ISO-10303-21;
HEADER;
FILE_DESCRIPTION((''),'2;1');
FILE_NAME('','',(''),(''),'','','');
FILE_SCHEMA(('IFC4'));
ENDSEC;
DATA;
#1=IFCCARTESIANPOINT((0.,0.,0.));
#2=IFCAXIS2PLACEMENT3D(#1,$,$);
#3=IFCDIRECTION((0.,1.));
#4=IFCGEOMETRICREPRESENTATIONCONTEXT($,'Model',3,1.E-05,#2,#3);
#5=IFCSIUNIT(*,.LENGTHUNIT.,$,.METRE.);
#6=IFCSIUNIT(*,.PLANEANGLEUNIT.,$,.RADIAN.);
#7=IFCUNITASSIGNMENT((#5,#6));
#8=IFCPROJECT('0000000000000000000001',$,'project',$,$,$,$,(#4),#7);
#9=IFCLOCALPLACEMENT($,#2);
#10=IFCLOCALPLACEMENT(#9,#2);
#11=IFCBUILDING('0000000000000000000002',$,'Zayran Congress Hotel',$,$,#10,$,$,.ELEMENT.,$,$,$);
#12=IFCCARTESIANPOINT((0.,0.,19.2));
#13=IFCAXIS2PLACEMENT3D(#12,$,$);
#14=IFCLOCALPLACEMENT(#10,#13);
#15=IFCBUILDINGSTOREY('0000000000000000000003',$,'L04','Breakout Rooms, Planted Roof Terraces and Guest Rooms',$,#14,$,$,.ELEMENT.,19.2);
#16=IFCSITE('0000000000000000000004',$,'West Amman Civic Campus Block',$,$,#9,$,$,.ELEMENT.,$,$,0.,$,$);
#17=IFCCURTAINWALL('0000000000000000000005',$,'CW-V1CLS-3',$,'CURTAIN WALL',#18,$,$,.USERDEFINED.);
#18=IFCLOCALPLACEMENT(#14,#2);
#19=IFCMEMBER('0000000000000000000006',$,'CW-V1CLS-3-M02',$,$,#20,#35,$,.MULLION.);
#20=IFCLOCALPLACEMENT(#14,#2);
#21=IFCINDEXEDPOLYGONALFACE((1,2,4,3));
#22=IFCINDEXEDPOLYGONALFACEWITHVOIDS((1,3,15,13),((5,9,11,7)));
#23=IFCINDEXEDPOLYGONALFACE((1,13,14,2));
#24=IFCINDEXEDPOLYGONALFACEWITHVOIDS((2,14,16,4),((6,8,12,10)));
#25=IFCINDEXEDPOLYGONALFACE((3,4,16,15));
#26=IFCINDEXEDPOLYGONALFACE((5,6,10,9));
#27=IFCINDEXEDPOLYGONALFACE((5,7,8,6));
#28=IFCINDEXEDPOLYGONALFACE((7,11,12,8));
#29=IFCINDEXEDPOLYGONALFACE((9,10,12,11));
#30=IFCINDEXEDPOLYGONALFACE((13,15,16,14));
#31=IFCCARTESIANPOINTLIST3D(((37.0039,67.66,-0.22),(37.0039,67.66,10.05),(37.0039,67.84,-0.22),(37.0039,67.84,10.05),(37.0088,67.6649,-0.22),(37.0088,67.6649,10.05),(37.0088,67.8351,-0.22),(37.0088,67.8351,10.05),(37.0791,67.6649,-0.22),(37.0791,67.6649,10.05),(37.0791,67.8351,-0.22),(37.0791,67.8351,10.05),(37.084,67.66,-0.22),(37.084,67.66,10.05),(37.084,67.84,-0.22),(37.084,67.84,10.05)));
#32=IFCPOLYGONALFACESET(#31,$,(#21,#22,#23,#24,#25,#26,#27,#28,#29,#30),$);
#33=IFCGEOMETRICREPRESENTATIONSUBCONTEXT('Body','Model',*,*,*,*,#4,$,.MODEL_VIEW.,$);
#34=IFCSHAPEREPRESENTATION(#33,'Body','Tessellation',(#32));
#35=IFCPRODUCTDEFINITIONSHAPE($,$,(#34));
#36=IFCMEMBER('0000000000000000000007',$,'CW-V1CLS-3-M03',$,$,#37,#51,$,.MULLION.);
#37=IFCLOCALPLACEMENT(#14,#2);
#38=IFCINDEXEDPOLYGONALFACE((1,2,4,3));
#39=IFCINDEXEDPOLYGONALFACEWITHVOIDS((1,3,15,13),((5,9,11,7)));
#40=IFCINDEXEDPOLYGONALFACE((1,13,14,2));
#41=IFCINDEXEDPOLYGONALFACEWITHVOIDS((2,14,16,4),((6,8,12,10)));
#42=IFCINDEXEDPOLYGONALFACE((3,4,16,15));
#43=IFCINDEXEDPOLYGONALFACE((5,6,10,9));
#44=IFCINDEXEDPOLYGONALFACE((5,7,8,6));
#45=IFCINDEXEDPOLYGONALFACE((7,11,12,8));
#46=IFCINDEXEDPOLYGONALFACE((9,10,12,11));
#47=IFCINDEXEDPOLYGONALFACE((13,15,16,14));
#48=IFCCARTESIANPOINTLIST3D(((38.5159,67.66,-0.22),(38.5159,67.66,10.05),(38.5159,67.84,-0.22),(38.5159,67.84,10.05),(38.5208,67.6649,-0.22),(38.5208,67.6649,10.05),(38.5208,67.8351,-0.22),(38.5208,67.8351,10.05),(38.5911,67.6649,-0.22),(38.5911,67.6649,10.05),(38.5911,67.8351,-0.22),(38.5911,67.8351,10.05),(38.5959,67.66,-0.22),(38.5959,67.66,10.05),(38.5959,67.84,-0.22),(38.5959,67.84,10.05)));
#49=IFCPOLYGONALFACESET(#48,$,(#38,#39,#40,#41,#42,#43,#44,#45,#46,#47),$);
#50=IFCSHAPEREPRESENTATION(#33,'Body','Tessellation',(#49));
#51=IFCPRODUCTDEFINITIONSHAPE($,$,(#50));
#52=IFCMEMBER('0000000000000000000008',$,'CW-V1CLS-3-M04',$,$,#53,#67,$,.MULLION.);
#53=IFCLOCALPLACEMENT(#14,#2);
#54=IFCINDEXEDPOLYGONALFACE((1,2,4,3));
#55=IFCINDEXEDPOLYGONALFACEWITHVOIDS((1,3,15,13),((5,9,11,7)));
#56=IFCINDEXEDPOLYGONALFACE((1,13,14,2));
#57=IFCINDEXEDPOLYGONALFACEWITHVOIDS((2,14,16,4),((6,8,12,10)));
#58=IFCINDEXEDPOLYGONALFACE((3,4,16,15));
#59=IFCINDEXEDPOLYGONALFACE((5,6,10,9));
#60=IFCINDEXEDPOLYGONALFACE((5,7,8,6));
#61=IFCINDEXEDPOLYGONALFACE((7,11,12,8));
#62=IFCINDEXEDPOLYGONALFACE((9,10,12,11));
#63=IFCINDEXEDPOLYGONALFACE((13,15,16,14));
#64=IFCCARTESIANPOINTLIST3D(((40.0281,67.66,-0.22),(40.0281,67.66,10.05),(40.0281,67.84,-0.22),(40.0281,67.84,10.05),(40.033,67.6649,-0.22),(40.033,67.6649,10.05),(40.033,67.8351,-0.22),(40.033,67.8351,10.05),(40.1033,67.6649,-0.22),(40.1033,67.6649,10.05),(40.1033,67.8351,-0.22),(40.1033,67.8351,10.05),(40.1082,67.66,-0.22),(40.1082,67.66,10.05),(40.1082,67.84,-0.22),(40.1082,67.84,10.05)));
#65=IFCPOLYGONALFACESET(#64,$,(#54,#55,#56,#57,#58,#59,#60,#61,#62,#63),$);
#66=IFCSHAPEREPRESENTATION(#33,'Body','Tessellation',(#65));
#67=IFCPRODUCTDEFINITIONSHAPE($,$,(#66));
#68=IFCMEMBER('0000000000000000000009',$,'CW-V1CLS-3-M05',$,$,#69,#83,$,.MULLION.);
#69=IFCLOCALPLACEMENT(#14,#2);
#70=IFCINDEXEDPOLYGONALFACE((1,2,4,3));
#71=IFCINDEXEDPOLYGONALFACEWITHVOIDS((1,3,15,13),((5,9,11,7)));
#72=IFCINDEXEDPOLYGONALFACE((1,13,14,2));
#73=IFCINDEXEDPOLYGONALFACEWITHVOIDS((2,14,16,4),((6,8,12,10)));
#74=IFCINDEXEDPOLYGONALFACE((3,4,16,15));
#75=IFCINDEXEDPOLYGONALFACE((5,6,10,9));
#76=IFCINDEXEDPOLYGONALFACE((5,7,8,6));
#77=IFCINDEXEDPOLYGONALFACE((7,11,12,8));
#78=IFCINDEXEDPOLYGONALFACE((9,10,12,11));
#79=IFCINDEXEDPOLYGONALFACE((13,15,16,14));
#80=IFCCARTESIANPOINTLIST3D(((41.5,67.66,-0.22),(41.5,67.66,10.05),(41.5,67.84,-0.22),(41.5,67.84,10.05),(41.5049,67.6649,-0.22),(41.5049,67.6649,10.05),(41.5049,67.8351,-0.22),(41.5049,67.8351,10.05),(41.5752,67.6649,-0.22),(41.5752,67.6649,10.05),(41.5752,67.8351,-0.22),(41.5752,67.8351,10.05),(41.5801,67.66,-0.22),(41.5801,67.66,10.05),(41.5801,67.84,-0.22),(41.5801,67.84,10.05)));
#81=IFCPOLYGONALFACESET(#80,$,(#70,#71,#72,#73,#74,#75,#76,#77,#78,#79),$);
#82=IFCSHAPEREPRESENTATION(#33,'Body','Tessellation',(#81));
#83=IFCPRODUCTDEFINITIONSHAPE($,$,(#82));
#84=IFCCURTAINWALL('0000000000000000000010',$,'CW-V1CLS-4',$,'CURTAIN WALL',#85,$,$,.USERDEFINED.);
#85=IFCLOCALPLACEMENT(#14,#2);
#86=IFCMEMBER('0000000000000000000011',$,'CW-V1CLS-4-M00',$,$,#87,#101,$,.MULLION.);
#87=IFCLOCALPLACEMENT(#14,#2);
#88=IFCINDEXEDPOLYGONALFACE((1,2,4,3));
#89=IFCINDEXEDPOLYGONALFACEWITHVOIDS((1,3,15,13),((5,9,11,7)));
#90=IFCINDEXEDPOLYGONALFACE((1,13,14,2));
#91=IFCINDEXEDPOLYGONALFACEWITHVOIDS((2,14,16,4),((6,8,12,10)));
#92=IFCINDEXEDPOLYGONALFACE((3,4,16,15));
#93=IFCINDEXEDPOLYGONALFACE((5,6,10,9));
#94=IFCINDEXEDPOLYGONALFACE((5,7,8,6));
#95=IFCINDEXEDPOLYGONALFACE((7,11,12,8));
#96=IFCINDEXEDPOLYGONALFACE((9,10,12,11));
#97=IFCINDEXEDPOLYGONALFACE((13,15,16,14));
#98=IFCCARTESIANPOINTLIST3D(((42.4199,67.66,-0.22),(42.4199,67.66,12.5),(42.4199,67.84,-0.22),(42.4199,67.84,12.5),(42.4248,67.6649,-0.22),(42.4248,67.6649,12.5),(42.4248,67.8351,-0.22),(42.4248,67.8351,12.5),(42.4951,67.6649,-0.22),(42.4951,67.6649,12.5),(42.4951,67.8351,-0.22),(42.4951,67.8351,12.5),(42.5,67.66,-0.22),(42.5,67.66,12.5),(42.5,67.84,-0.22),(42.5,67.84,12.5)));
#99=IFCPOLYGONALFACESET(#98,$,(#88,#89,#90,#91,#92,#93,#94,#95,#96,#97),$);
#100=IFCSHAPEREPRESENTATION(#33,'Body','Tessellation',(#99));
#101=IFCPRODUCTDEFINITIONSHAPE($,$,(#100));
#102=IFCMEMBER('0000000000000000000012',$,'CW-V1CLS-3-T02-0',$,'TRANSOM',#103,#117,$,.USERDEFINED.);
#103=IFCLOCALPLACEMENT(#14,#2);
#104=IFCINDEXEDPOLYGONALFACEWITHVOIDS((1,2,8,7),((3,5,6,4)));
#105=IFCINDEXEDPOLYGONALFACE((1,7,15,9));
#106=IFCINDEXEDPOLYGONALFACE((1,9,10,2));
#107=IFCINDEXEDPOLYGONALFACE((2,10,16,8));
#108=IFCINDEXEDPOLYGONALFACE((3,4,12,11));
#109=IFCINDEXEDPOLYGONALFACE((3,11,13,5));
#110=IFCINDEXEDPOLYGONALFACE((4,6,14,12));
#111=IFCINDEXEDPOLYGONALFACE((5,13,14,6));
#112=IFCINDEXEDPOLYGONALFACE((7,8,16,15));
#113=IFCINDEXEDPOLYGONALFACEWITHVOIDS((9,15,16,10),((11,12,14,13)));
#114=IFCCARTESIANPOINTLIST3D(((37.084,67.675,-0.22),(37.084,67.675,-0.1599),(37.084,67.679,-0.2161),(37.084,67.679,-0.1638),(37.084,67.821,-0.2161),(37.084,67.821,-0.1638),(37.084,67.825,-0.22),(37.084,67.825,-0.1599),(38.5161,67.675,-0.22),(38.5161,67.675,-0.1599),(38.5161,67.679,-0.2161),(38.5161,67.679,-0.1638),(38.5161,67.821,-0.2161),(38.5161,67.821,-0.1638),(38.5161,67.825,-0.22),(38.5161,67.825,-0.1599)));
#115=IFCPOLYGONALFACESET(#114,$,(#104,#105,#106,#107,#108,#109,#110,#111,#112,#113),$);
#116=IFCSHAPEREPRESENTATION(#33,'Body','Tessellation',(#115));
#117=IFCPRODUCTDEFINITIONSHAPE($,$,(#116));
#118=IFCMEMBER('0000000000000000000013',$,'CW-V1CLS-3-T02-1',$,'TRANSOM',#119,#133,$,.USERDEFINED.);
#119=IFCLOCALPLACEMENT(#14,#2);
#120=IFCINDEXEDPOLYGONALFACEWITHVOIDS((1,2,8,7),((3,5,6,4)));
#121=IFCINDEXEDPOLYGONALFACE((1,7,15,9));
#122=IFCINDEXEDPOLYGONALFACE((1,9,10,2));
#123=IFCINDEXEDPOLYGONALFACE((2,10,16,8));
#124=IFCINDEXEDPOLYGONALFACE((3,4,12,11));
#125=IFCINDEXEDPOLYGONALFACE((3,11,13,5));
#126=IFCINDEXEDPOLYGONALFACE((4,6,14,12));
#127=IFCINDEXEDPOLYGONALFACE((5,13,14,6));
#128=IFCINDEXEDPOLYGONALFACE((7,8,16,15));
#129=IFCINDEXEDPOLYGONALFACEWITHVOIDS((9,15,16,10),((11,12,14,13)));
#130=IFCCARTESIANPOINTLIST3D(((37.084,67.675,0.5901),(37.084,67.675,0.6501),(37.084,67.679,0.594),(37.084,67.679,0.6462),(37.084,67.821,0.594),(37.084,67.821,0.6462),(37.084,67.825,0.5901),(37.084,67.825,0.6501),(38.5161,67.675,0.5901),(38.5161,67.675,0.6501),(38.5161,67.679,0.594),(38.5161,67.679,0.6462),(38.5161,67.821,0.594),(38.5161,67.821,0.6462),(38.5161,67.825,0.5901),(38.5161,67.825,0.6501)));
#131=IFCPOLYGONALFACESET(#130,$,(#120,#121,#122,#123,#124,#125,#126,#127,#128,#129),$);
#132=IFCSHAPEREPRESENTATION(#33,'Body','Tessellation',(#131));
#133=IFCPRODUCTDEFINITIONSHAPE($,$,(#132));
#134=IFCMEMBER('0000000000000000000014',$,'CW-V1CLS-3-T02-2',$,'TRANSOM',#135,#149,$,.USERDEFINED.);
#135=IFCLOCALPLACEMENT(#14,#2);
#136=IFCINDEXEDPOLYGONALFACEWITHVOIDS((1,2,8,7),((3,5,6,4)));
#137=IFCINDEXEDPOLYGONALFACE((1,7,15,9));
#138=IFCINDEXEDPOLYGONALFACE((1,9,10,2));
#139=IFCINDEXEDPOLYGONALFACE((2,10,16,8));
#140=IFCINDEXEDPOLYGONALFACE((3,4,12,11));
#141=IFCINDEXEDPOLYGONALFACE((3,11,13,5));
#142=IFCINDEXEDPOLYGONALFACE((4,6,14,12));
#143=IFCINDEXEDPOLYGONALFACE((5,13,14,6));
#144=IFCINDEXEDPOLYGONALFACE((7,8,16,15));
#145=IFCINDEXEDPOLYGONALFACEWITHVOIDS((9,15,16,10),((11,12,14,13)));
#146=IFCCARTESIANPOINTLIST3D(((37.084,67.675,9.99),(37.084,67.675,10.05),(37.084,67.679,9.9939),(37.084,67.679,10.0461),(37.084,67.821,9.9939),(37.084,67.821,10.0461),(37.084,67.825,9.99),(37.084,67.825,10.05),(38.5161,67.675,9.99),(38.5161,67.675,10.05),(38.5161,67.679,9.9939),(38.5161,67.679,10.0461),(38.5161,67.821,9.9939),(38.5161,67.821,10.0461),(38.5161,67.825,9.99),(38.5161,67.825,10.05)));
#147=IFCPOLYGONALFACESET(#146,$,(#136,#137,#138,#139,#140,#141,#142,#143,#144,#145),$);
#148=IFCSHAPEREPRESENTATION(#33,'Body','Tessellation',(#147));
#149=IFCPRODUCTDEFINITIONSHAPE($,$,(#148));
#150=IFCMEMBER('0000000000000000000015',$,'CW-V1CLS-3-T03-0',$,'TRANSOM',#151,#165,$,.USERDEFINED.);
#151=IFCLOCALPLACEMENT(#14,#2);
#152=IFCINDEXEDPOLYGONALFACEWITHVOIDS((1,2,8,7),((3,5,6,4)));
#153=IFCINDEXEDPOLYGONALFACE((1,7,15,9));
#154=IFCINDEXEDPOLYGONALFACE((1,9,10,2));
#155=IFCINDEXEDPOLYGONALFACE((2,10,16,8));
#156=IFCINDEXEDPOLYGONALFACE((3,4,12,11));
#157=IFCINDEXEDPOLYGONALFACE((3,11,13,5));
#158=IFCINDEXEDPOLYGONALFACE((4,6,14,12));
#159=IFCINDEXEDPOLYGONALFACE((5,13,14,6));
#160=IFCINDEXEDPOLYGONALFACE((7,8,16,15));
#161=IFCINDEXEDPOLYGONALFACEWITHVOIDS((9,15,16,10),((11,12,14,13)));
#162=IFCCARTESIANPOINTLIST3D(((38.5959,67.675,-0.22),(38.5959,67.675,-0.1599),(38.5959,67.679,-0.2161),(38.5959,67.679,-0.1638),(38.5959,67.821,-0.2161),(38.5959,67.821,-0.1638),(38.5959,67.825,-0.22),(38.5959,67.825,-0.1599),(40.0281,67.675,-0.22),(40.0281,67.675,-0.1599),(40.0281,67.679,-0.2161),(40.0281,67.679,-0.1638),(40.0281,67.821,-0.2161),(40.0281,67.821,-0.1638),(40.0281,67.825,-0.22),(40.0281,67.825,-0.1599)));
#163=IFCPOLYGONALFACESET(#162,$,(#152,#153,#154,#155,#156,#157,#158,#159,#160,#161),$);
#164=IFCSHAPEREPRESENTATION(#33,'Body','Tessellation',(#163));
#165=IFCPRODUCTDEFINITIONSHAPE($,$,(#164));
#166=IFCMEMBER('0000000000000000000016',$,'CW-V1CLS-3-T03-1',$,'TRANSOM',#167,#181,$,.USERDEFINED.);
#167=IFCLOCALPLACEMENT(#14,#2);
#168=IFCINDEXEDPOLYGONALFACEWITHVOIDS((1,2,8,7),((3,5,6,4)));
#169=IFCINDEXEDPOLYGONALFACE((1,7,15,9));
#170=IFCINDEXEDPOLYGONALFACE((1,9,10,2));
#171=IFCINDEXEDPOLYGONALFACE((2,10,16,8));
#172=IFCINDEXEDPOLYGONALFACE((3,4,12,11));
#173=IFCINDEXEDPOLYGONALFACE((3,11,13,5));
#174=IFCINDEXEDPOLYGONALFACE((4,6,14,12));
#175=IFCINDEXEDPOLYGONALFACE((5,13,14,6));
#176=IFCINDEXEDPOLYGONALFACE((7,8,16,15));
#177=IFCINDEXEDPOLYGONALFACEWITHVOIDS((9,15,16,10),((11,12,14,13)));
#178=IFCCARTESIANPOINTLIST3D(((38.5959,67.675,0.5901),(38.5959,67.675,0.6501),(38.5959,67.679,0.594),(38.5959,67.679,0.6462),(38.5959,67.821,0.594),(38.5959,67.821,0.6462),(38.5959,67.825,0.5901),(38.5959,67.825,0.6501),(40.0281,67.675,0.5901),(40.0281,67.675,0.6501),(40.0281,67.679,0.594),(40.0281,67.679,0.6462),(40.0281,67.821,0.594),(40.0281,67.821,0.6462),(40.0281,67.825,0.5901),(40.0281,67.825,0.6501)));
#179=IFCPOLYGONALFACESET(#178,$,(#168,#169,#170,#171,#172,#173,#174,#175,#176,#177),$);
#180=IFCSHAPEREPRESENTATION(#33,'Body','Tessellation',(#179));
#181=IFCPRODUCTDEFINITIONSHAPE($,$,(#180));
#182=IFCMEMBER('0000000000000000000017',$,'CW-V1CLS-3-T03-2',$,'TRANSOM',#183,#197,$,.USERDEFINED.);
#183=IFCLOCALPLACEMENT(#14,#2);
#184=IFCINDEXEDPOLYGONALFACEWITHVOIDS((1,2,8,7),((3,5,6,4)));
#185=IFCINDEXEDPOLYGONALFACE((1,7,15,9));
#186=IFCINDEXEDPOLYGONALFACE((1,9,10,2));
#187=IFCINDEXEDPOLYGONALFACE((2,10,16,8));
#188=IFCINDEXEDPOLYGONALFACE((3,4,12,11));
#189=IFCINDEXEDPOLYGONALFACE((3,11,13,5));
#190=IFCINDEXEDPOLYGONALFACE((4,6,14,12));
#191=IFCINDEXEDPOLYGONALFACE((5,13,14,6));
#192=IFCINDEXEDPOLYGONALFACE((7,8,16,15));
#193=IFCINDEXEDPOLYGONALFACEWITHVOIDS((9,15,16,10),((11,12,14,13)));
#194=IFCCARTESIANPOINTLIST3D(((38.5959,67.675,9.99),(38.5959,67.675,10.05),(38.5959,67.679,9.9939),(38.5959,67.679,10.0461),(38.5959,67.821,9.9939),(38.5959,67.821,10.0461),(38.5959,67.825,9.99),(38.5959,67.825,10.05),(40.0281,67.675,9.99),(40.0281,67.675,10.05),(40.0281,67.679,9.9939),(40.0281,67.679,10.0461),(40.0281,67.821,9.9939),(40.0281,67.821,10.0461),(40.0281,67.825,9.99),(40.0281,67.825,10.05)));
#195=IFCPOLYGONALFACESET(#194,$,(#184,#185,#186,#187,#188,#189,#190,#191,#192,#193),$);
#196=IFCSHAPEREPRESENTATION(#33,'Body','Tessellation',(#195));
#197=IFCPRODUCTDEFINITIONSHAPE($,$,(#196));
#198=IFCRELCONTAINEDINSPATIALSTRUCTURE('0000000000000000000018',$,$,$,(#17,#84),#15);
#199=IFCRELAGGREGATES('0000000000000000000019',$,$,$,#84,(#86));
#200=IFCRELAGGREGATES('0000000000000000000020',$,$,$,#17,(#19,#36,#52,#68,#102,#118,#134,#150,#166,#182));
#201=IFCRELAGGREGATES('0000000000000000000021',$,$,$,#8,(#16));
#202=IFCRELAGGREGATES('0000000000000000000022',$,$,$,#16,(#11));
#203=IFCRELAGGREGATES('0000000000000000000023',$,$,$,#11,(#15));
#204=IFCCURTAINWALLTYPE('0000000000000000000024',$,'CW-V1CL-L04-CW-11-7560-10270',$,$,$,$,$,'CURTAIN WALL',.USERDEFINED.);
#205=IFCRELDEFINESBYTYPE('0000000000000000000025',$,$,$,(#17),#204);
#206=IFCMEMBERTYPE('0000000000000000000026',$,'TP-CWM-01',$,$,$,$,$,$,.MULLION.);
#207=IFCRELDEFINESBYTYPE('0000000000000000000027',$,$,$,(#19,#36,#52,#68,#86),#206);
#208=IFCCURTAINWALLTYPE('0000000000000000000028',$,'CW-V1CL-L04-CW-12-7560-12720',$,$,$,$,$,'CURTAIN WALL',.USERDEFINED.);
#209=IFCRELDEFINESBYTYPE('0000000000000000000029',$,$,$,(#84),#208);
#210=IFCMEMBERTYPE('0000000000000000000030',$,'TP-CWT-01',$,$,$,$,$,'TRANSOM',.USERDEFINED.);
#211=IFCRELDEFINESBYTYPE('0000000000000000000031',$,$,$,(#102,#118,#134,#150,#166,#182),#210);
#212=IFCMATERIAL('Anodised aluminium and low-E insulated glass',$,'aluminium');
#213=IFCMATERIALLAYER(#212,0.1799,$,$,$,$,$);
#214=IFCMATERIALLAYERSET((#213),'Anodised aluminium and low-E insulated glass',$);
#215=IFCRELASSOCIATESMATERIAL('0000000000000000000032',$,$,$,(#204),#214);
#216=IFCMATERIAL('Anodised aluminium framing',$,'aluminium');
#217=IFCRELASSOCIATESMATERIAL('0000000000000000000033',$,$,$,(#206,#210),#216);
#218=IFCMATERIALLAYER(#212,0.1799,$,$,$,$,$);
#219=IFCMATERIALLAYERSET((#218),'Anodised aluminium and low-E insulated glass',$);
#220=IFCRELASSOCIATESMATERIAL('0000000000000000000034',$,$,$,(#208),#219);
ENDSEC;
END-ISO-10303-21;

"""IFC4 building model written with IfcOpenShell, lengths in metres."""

from ifc_helpers import new_model, si_unit, direction, frame, origin, origin_2d, place, context, subcontext, project, spatial, hollow_rectangle, extrude, material, layer, layer_set, material_profile, profile_set, type_object, element, aggregate, save


model = new_model("IFC4")

# Units and contexts
model_context = context("Model", 3, precision=1e-05, world=origin(), true_north=direction((0.0, 1.0)))
body_context = subcontext(model_context, "Body", "Model", "MODEL_VIEW")
ifc_project = project(units=[si_unit("LENGTHUNIT", "METRE"), si_unit("PLANEANGLEUNIT", "RADIAN")], contexts=[model_context])

# Site, building, storey
site_placement = place(None, origin())
site = spatial("IfcSite", under=ifc_project, at=site_placement, Name="West Amman Civic Campus Block", CompositionType="ELEMENT", RefElevation=0.0)
building_placement = place(site_placement, origin())
building = spatial("IfcBuilding", under=site, at=building_placement, Name="Zayran Congress Hotel", CompositionType="ELEMENT")
storey_placement = place(building_placement, frame((0.0, 0.0, 19.2)))
storey = spatial("IfcBuildingStorey", under=building, at=storey_placement, Name="L04", Description="Breakout Rooms, Planted Roof Terraces and Guest Rooms", CompositionType="ELEMENT", Elevation=19.2)

# Curtain wall, members
ifc_material_1 = material(Name="Anodised aluminium and low-E insulated glass", Category="aluminium")
ifc_layer_1 = layer(ifc_material_1, 0.1799)
ifc_layer_set_1 = layer_set([ifc_layer_1], Name="Anodised aluminium and low-E insulated glass")
curtain_wall_type_1 = type_object("IfcCurtainWallType", Name="CW-V1CL-L04-CW-11-7560-10270", ElementType="CURTAIN WALL", PredefinedType="USERDEFINED", material=ifc_layer_set_1)
curtain_wall_1_placement = place(storey_placement, origin())
curtain_wall_1 = element("IfcCurtainWall", 1, at=curtain_wall_1_placement, inside=storey, type_object=curtain_wall_type_1, Name="CW-V1CLS-3", ObjectType="CURTAIN WALL", PredefinedType="USERDEFINED")
ifc_material_2 = material(Name="Anodised aluminium framing", Category="aluminium")
ifc_material_profile_1 = material_profile(ifc_material_2, hollow_rectangle(XDim=0.0801, YDim=0.1799, WallThickness=0.0049, at=origin_2d()), Name="RHS 180x80x5")
ifc_profile_set_1 = profile_set([ifc_material_profile_1], Name="Anodised aluminium framing")
member_type_1 = type_object("IfcMemberType", Name="TP-CWM-01", PredefinedType="MULLION", material=ifc_profile_set_1)
member_1_placement = place(storey_placement, frame((37.0439, 67.75, -0.22), z_axis=(0.0, 0.0, 1.0), x_axis=(1.0, 0.0, 0.0)))
member_1 = element("IfcMember", 2, at=member_1_placement, type_object=member_type_1, Name="CW-V1CLS-3-M02", PredefinedType="MULLION", context=body_context, shape_type="SweptSolid", body=[
    extrude(hollow_rectangle(XDim=0.0801, YDim=0.1799, WallThickness=0.0049, at=origin_2d()), origin(), (0.0, 0.0, 1.0), 10.27),
])
member_2_placement = place(storey_placement, frame((38.5559, 67.75, -0.22), z_axis=(0.0, 0.0, 1.0), x_axis=(1.0, 0.0, 0.0)))
member_2 = element("IfcMember", 3, at=member_2_placement, type_object=member_type_1, Name="CW-V1CLS-3-M03", PredefinedType="MULLION", context=body_context, shape_type="SweptSolid", body=[
    extrude(hollow_rectangle(XDim=0.0801, YDim=0.1799, WallThickness=0.0049, at=origin_2d()), origin(), (0.0, 0.0, 1.0), 10.27),
])
member_3_placement = place(storey_placement, frame((40.0681, 67.75, -0.22), z_axis=(0.0, 0.0, 1.0), x_axis=(1.0, 0.0, 0.0)))
member_3 = element("IfcMember", 4, at=member_3_placement, type_object=member_type_1, Name="CW-V1CLS-3-M04", PredefinedType="MULLION", context=body_context, shape_type="SweptSolid", body=[
    extrude(hollow_rectangle(XDim=0.0801, YDim=0.1799, WallThickness=0.0049, at=origin_2d()), origin(), (0.0, 0.0, 1.0), 10.27),
])
member_4_placement = place(storey_placement, frame((41.54, 67.75, -0.22), z_axis=(0.0, 0.0, 1.0), x_axis=(1.0, 0.0, 0.0)))
member_4 = element("IfcMember", 5, at=member_4_placement, type_object=member_type_1, Name="CW-V1CLS-3-M05", PredefinedType="MULLION", context=body_context, shape_type="SweptSolid", body=[
    extrude(hollow_rectangle(XDim=0.0801, YDim=0.1799, WallThickness=0.0049, at=origin_2d()), origin(), (0.0, 0.0, 1.0), 10.27),
])

# Curtain wall, member
ifc_layer_2 = layer(ifc_material_1, 0.1799)
ifc_layer_set_2 = layer_set([ifc_layer_2], Name="Anodised aluminium and low-E insulated glass")
curtain_wall_type_2 = type_object("IfcCurtainWallType", Name="CW-V1CL-L04-CW-12-7560-12720", ElementType="CURTAIN WALL", PredefinedType="USERDEFINED", material=ifc_layer_set_2)
curtain_wall_2_placement = place(storey_placement, origin())
curtain_wall_2 = element("IfcCurtainWall", 6, at=curtain_wall_2_placement, inside=storey, type_object=curtain_wall_type_2, Name="CW-V1CLS-4", ObjectType="CURTAIN WALL", PredefinedType="USERDEFINED")
member_5_placement = place(storey_placement, frame((42.46, 67.75, -0.22), z_axis=(0.0, 0.0, 1.0), x_axis=(1.0, 0.0, 0.0)))
member_5 = element("IfcMember", 7, at=member_5_placement, type_object=member_type_1, Name="CW-V1CLS-4-M00", PredefinedType="MULLION", context=body_context, shape_type="SweptSolid", body=[
    extrude(hollow_rectangle(XDim=0.0801, YDim=0.1799, WallThickness=0.0049, at=origin_2d()), origin(), (0.0, 0.0, 1.0), 12.72),
])

# Members
ifc_material_profile_2 = material_profile(ifc_material_2, hollow_rectangle(XDim=0.0601, YDim=0.1499, WallThickness=0.0039, at=origin_2d()), Name="RHS 150x60x4")
ifc_profile_set_2 = profile_set([ifc_material_profile_2], Name="Anodised aluminium framing")
member_type_2 = type_object("IfcMemberType", Name="TP-CWT-01", ElementType="TRANSOM", PredefinedType="USERDEFINED", material=ifc_profile_set_2)
member_6_placement = place(storey_placement, frame((37.084, 67.75, -0.1899), z_axis=(1.0, 0.0, 0.0), x_axis=(0.0, 0.0, 1.0)))
member_6 = element("IfcMember", 8, at=member_6_placement, type_object=member_type_2, Name="CW-V1CLS-3-T02-0", ObjectType="TRANSOM", PredefinedType="USERDEFINED", context=body_context, shape_type="SweptSolid", body=[
    extrude(hollow_rectangle(XDim=0.0601, YDim=0.1499, WallThickness=0.0039, at=origin_2d()), origin(), (0.0, 0.0, 1.0), 1.4321),
])
member_7_placement = place(storey_placement, frame((37.084, 67.75, 0.6201), z_axis=(1.0, 0.0, 0.0), x_axis=(0.0, 0.0, 1.0)))
member_7 = element("IfcMember", 9, at=member_7_placement, type_object=member_type_2, Name="CW-V1CLS-3-T02-1", ObjectType="TRANSOM", PredefinedType="USERDEFINED", context=body_context, shape_type="SweptSolid", body=[
    extrude(hollow_rectangle(XDim=0.0601, YDim=0.1499, WallThickness=0.0039, at=origin_2d()), origin(), (0.0, 0.0, 1.0), 1.4321),
])
member_8_placement = place(storey_placement, frame((37.084, 67.75, 10.02), z_axis=(1.0, 0.0, 0.0), x_axis=(0.0, 0.0, 1.0)))
member_8 = element("IfcMember", 10, at=member_8_placement, type_object=member_type_2, Name="CW-V1CLS-3-T02-2", ObjectType="TRANSOM", PredefinedType="USERDEFINED", context=body_context, shape_type="SweptSolid", body=[
    extrude(hollow_rectangle(XDim=0.0601, YDim=0.1499, WallThickness=0.0039, at=origin_2d()), origin(), (0.0, 0.0, 1.0), 1.4321),
])
member_9_placement = place(storey_placement, frame((38.5959, 67.75, -0.1899), z_axis=(1.0, 0.0, 0.0), x_axis=(0.0, 0.0, 1.0)))
member_9 = element("IfcMember", 11, at=member_9_placement, type_object=member_type_2, Name="CW-V1CLS-3-T03-0", ObjectType="TRANSOM", PredefinedType="USERDEFINED", context=body_context, shape_type="SweptSolid", body=[
    extrude(hollow_rectangle(XDim=0.0601, YDim=0.1499, WallThickness=0.0039, at=origin_2d()), origin(), (0.0, 0.0, 1.0), 1.4321),
])
member_10_placement = place(storey_placement, frame((38.5959, 67.75, 0.6201), z_axis=(1.0, 0.0, 0.0), x_axis=(0.0, 0.0, 1.0)))
member_10 = element("IfcMember", 12, at=member_10_placement, type_object=member_type_2, Name="CW-V1CLS-3-T03-1", ObjectType="TRANSOM", PredefinedType="USERDEFINED", context=body_context, shape_type="SweptSolid", body=[
    extrude(hollow_rectangle(XDim=0.0601, YDim=0.1499, WallThickness=0.0039, at=origin_2d()), origin(), (0.0, 0.0, 1.0), 1.4321),
])
member_11_placement = place(storey_placement, frame((38.5959, 67.75, 10.02), z_axis=(1.0, 0.0, 0.0), x_axis=(0.0, 0.0, 1.0)))
member_11 = element("IfcMember", 13, at=member_11_placement, type_object=member_type_2, Name="CW-V1CLS-3-T03-2", ObjectType="TRANSOM", PredefinedType="USERDEFINED", context=body_context, shape_type="SweptSolid", body=[
    extrude(hollow_rectangle(XDim=0.0601, YDim=0.1499, WallThickness=0.0039, at=origin_2d()), origin(), (0.0, 0.0, 1.0), 1.4321),
])
aggregate(curtain_wall_2, [member_5])

aggregate(curtain_wall_1, [member_1, member_2, member_3, member_4, member_6, member_7, member_8, member_9, member_10, member_11])

save(model, "model.ifc")
